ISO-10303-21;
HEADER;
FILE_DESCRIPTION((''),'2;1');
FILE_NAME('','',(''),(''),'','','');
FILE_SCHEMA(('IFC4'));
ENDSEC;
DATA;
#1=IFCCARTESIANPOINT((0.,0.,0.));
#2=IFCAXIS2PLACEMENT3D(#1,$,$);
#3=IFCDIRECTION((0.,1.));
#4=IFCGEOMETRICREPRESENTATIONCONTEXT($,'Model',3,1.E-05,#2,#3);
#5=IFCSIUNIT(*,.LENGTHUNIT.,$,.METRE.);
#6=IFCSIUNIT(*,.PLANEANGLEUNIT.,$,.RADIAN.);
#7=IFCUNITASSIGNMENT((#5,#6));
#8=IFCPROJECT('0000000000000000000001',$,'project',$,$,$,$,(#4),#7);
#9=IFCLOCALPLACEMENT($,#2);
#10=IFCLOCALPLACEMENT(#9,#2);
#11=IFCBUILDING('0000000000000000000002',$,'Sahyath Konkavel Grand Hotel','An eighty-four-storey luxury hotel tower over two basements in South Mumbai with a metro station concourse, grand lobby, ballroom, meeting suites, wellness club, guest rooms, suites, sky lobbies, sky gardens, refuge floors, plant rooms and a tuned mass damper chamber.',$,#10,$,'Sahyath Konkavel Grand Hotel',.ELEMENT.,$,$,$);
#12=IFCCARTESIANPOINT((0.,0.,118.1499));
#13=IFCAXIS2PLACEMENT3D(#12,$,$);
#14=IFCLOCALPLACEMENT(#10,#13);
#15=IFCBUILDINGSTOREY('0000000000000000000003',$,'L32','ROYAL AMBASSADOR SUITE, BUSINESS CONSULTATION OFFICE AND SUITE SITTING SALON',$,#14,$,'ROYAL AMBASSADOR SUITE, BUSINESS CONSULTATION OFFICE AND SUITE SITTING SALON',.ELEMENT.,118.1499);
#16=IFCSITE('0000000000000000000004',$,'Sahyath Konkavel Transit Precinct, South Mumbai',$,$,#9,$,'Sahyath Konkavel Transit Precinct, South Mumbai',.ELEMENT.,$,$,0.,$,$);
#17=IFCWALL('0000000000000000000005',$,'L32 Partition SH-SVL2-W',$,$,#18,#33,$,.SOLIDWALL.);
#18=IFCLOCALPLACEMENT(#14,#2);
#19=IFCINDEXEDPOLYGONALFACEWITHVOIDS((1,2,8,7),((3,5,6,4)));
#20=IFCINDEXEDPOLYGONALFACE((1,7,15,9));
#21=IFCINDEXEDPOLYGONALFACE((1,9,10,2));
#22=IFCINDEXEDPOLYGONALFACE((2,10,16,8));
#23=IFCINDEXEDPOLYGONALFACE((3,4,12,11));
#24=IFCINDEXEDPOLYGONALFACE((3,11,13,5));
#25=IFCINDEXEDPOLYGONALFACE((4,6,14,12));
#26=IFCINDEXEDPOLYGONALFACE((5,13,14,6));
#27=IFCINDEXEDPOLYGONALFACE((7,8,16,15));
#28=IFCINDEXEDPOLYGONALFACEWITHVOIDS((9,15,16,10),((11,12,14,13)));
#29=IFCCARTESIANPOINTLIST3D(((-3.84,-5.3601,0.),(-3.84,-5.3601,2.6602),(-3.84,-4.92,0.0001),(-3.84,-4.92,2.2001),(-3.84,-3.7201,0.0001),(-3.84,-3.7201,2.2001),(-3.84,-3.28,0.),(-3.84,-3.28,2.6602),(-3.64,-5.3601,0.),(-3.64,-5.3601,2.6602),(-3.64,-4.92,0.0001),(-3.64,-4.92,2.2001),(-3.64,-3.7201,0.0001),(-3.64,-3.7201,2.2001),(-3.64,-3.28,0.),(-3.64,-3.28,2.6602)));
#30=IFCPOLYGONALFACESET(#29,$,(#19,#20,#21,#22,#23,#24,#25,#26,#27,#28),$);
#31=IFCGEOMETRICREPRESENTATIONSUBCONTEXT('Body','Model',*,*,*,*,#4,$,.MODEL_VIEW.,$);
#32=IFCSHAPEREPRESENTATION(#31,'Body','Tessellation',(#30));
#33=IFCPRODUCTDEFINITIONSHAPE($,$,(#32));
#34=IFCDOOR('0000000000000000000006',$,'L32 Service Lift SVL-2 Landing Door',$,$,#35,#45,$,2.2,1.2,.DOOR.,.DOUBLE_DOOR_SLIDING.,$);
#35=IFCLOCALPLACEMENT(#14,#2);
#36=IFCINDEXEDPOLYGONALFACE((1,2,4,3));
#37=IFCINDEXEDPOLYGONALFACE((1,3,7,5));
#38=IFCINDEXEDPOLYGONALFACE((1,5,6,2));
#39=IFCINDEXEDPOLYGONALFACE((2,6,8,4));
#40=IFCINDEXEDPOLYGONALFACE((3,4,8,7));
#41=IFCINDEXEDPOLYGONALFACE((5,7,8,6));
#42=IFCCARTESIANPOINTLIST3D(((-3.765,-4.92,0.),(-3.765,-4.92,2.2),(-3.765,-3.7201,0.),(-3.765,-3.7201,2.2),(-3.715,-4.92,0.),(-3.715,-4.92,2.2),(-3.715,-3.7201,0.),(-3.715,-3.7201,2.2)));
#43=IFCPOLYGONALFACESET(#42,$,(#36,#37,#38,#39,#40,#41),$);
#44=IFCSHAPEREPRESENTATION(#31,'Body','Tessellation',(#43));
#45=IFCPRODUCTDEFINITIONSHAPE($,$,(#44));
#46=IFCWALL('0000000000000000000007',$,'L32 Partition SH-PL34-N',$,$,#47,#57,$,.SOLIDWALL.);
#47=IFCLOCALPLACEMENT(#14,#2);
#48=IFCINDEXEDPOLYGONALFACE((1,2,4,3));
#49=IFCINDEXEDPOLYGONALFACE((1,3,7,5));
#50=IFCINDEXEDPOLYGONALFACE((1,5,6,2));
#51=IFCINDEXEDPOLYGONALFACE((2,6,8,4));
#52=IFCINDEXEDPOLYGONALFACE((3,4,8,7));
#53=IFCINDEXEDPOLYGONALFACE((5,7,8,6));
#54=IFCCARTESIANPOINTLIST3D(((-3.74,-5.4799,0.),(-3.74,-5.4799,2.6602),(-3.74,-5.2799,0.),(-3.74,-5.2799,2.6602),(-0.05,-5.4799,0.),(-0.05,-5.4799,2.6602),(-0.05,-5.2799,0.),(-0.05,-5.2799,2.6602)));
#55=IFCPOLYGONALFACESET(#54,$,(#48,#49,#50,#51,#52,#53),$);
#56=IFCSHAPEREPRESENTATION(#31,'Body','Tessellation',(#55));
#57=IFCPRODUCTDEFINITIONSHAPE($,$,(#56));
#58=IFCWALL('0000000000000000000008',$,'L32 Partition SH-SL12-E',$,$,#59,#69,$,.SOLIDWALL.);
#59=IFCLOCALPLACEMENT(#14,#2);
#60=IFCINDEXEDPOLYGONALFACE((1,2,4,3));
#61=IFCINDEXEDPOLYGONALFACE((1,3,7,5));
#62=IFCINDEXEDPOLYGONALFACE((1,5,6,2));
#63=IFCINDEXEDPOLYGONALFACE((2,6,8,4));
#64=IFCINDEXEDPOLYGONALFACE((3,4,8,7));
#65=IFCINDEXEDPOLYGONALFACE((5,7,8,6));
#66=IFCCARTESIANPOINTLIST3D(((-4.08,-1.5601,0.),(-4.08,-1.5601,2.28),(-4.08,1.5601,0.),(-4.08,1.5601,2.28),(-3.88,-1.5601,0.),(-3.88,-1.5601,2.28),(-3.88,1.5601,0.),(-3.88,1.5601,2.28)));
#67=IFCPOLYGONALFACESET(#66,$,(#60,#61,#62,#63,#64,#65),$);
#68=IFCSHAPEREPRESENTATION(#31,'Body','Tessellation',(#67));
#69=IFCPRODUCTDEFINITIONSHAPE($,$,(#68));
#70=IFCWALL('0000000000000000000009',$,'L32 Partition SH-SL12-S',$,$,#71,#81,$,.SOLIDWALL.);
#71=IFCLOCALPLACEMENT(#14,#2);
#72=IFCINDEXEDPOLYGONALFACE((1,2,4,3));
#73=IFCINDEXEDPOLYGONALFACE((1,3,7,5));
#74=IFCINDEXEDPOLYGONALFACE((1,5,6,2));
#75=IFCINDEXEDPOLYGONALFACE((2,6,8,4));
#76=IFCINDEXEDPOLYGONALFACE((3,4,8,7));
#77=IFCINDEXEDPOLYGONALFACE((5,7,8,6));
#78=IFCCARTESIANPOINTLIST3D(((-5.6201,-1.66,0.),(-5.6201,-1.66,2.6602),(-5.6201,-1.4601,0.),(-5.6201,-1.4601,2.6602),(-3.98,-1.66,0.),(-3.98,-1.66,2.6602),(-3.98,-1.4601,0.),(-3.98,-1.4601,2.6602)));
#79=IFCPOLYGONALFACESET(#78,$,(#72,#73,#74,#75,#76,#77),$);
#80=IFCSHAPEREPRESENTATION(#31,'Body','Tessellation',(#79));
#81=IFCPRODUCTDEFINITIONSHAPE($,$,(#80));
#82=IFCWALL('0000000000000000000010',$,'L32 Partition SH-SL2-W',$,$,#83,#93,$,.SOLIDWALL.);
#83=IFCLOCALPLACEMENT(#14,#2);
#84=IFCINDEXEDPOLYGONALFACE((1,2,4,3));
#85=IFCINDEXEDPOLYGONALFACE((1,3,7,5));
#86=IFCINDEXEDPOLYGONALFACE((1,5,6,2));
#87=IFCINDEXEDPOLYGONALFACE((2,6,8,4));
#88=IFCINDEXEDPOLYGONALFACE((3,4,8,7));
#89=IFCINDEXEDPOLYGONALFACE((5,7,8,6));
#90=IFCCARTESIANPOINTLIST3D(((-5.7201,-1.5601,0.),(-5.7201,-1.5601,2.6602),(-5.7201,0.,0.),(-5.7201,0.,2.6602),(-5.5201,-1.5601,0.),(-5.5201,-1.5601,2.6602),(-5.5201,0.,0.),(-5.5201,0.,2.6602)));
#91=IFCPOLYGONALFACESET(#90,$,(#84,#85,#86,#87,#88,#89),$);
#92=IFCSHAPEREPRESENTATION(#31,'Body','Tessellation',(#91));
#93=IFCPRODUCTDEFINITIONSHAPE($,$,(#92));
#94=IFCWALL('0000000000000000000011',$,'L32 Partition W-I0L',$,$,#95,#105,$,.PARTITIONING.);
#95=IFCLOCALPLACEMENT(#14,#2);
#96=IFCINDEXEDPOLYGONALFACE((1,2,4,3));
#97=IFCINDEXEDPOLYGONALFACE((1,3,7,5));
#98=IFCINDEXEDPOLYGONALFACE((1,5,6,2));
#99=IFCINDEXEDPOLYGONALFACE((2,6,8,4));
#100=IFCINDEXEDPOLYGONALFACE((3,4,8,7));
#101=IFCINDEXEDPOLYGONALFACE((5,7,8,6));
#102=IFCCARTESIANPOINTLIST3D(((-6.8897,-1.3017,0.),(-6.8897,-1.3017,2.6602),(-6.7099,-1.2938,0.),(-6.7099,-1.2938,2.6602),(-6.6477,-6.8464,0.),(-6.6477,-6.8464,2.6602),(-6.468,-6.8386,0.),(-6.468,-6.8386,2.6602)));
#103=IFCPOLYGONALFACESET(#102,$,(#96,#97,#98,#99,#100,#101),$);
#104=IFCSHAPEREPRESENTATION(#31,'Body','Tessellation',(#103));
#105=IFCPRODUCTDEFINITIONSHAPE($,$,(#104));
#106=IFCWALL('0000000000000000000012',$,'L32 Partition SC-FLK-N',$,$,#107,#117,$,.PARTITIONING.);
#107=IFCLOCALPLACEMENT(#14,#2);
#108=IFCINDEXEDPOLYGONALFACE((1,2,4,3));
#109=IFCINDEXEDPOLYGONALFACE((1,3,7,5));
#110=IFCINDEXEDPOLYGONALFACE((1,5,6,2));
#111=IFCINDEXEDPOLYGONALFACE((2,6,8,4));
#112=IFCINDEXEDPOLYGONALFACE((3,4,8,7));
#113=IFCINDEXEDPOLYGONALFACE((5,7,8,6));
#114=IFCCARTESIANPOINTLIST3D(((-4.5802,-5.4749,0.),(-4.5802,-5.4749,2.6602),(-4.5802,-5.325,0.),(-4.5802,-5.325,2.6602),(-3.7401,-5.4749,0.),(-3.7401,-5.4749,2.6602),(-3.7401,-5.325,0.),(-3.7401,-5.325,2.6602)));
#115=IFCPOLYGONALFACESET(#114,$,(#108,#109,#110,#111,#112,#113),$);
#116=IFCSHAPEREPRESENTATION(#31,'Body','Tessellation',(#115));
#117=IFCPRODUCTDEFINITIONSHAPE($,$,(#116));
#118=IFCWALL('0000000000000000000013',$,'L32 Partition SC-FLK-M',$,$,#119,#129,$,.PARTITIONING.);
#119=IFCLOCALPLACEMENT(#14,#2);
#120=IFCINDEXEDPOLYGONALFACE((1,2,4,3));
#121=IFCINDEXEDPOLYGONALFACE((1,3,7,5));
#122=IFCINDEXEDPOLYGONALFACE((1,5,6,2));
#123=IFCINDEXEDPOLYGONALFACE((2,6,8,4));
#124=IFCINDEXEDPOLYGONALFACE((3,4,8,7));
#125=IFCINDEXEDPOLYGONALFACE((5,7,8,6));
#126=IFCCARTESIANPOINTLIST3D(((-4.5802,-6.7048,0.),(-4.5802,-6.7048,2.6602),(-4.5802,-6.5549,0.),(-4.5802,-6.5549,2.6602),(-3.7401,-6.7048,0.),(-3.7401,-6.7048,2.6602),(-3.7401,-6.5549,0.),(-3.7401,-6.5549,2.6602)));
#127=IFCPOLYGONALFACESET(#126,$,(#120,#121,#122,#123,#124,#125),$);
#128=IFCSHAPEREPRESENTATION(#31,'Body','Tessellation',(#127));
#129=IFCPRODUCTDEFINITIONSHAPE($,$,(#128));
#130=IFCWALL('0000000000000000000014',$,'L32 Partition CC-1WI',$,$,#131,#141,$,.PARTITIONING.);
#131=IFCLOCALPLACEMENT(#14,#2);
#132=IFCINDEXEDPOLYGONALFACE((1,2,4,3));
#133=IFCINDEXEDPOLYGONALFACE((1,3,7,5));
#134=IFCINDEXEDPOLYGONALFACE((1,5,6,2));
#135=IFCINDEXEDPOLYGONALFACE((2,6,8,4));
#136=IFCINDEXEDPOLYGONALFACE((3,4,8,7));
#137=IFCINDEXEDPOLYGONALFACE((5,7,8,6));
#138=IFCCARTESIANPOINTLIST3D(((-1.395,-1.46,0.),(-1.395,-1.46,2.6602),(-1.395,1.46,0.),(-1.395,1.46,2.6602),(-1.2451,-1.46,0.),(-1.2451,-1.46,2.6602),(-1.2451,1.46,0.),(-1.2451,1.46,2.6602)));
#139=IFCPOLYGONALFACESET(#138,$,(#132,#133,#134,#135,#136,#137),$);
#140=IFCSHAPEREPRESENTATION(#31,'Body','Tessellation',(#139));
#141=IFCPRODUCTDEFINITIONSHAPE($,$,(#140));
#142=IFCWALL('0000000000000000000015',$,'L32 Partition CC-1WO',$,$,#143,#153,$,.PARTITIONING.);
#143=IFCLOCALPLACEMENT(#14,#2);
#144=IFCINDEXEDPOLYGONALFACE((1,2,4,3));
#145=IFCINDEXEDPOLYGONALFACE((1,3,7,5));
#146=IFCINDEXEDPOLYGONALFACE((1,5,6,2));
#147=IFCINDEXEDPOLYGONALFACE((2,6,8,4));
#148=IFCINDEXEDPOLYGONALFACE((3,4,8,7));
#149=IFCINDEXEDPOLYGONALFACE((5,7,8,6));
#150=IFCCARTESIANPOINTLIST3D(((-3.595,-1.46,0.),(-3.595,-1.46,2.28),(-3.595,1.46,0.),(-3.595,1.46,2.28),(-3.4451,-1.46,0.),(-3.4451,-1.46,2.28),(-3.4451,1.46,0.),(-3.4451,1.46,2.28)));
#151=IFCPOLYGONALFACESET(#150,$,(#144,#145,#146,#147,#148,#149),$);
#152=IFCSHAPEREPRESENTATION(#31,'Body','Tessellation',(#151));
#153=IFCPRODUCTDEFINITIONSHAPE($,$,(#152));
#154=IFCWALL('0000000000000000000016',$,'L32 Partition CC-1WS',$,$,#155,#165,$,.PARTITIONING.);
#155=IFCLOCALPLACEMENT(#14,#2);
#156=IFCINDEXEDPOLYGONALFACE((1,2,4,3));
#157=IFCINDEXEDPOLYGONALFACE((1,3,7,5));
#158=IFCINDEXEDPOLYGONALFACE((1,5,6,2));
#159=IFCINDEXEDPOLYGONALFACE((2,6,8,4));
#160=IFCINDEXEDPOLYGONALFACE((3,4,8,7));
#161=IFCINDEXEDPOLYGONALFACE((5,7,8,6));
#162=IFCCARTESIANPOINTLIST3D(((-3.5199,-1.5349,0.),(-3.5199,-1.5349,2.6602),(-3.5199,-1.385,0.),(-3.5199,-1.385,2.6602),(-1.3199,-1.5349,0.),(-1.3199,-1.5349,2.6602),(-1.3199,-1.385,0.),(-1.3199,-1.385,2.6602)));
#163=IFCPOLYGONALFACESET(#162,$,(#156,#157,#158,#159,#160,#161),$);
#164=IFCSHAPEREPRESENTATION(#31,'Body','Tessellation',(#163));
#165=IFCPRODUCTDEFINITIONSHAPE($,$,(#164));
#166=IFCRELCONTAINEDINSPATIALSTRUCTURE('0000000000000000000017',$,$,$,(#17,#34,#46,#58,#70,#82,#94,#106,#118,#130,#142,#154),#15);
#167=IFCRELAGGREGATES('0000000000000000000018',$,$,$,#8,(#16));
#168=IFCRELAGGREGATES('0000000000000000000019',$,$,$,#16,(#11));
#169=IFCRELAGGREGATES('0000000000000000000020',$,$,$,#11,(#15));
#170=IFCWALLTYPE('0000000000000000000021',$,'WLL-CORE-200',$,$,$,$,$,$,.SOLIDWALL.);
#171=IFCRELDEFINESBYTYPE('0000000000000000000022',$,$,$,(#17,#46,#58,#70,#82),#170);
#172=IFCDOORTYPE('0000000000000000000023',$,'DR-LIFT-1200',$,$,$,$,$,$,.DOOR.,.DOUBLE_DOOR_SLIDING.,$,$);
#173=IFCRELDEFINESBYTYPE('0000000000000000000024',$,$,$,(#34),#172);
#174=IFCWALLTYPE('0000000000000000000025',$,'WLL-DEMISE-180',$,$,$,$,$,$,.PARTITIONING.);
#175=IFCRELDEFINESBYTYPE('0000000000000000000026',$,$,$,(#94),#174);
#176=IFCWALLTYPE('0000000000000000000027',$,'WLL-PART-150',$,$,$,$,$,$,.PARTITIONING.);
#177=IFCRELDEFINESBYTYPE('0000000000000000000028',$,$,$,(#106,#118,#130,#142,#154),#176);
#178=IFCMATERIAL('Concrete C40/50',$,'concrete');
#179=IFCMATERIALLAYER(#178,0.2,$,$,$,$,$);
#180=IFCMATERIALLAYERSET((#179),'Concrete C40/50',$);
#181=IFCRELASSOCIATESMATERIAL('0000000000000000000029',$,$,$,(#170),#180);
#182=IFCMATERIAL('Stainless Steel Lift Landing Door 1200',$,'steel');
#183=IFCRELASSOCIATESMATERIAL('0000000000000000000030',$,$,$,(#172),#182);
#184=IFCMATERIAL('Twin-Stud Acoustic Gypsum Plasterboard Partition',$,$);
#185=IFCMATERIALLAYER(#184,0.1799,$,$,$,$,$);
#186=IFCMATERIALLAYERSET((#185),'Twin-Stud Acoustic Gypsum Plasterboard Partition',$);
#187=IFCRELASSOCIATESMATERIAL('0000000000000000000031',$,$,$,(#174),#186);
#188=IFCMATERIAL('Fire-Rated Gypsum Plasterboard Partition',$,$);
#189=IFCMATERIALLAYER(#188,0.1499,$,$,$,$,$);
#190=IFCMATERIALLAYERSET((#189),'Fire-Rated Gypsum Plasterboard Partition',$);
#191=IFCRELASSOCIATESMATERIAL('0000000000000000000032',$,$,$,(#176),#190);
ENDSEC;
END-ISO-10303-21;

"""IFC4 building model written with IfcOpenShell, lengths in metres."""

from ifc_helpers import new_model, si_unit, direction, frame, frame_2d, origin, origin_2d, place, context, subcontext, project, spatial, rectangle, extrude, source, transform, mapped, material, layer, layer_set, type_object, element, fill, save


model = new_model("IFC4")

# Units and contexts
model_context = context("Model", 3, precision=1e-05, world=origin(), true_north=direction((0.0, 1.0)))
body_context = subcontext(model_context, "Body", "Model", "MODEL_VIEW")
ifc_project = project(units=[si_unit("LENGTHUNIT", "METRE"), si_unit("PLANEANGLEUNIT", "RADIAN")], contexts=[model_context])

# Site, building, storey
site_placement = place(None, origin())
site = spatial("IfcSite", under=ifc_project, at=site_placement, Name="Sahyath Konkavel Transit Precinct, South Mumbai", LongName="Sahyath Konkavel Transit Precinct, South Mumbai", CompositionType="ELEMENT", RefElevation=0.0)
building_placement = place(site_placement, origin())
building = spatial("IfcBuilding", under=site, at=building_placement, Name="Sahyath Konkavel Grand Hotel", Description="An eighty-four-storey luxury hotel tower over two basements in South Mumbai with a metro station concourse, grand lobby, ballroom, meeting suites, wellness club, guest rooms, suites, sky lobbies, sky gardens, refuge floors, plant rooms and a tuned mass damper chamber.", LongName="Sahyath Konkavel Grand Hotel", CompositionType="ELEMENT")
storey_placement = place(building_placement, frame((0.0, 0.0, 118.1499)))
storey = spatial("IfcBuildingStorey", under=building, at=storey_placement, Name="L32", Description="ROYAL AMBASSADOR SUITE, BUSINESS CONSULTATION OFFICE AND SUITE SITTING SALON", LongName="ROYAL AMBASSADOR SUITE, BUSINESS CONSULTATION OFFICE AND SUITE SITTING SALON", CompositionType="ELEMENT", Elevation=118.1499)

# Shared definitions
ifc_material_1 = material(Name="Concrete C40/50", Category="concrete")
ifc_layer_1 = layer(ifc_material_1, 0.2)
ifc_layer_set_1 = layer_set([ifc_layer_1], Name="Concrete C40/50")
wall_type_1 = type_object("IfcWallType", Name="WLL-CORE-200", PredefinedType="SOLIDWALL", material=ifc_layer_set_1)

# Wall, opening, door
wall_1_placement = place(storey_placement, frame((-3.74, -5.3601, 0.0), z_axis=(0.0, 0.0, 1.0), x_axis=(0.0, 1.0, 0.0)))
wall_1 = element("IfcWall", 1, at=wall_1_placement, inside=storey, type_object=wall_type_1, Name="L32 Partition SH-SVL2-W", PredefinedType="SOLIDWALL", context=body_context, shape_type="SweptSolid", body=[
    extrude(rectangle(XDim=2.0801, YDim=0.2, at=frame_2d((1.04, 0.0))), origin(), (0.0, 0.0, 1.0), 2.6602),
])
opening_1_placement = place(wall_1_placement, frame((0.4399, 0.0, 0.0)))
opening_1 = element("IfcOpeningElement", 2, at=opening_1_placement, cuts=wall_1, PredefinedType="OPENING", context=body_context, shape_type="SweptSolid", body=[
    extrude(rectangle(XDim=1.2, YDim=2.2, at=frame_2d((0.6001, 1.1001))), frame((0.0, 0.1099, 0.0), z_axis=(0.0, -1.0, 0.0), x_axis=(1.0, 0.0, 0.0)), (0.0, 0.0, 1.0), 0.22),
])
ifc_material_2 = material(Name="Stainless Steel Lift Landing Door 1200", Category="steel")
door_type_1 = type_object("IfcDoorType", Name="DR-LIFT-1200", OperationType="DOUBLE_DOOR_SLIDING", PredefinedType="DOOR", material=ifc_material_2)
shared_shape_1 = source(origin(), body_context, "Body", "SweptSolid", [
    extrude(rectangle(XDim=1.2, YDim=0.05, at=origin_2d()), origin(), (0.0, 0.0, 1.0), 2.2),
])
door_1_placement = place(opening_1_placement, frame((0.6001, 0.0, 0.0)))
door_1 = element("IfcDoor", 3, at=door_1_placement, inside=storey, type_object=door_type_1, Name="L32 Service Lift SVL-2 Landing Door", OperationType="DOUBLE_DOOR_SLIDING", OverallHeight=2.2, OverallWidth=1.2, PredefinedType="DOOR", context=body_context, shape_type="MappedRepresentation", body=[
    mapped(shared_shape_1, transform((0.0, 0.0, 0.0), scale=1.0)),
])
fill(opening_1, door_1)

# Walls
wall_2_placement = place(storey_placement, frame((-3.74, -5.3799, 0.0), z_axis=(0.0, 0.0, 1.0), x_axis=(1.0, 0.0, 0.0)))
element("IfcWall", 4, at=wall_2_placement, inside=storey, type_object=wall_type_1, Name="L32 Partition SH-PL34-N", PredefinedType="SOLIDWALL", context=body_context, shape_type="SweptSolid", body=[
    extrude(rectangle(XDim=3.6899, YDim=0.2, at=frame_2d((1.845, 0.0))), origin(), (0.0, 0.0, 1.0), 2.6602),
])
wall_3_placement = place(storey_placement, frame((-3.98, -1.5601, 0.0), z_axis=(0.0, 0.0, 1.0), x_axis=(0.0, 1.0, 0.0)))
element("IfcWall", 5, at=wall_3_placement, inside=storey, type_object=wall_type_1, Name="L32 Partition SH-SL12-E", PredefinedType="SOLIDWALL", context=body_context, shape_type="SweptSolid", body=[
    extrude(rectangle(XDim=3.1201, YDim=0.2, at=frame_2d((1.5601, 0.0))), origin(), (0.0, 0.0, 1.0), 2.28),
])
wall_4_placement = place(storey_placement, frame((-5.6201, -1.5601, 0.0), z_axis=(0.0, 0.0, 1.0), x_axis=(1.0, 0.0, 0.0)))
element("IfcWall", 6, at=wall_4_placement, inside=storey, type_object=wall_type_1, Name="L32 Partition SH-SL12-S", PredefinedType="SOLIDWALL", context=body_context, shape_type="SweptSolid", body=[
    extrude(rectangle(XDim=1.6401, YDim=0.2, at=frame_2d((0.8201, 0.0))), origin(), (0.0, 0.0, 1.0), 2.6602),
])
wall_5_placement = place(storey_placement, frame((-5.6201, -1.5601, 0.0), z_axis=(0.0, 0.0, 1.0), x_axis=(0.0, 1.0, 0.0)))
element("IfcWall", 7, at=wall_5_placement, inside=storey, type_object=wall_type_1, Name="L32 Partition SH-SL2-W", PredefinedType="SOLIDWALL", context=body_context, shape_type="SweptSolid", body=[
    extrude(rectangle(XDim=1.5601, YDim=0.2, at=frame_2d((0.78, 0.0))), origin(), (0.0, 0.0, 1.0), 2.6602),
])
ifc_material_3 = material(Name="Twin-Stud Acoustic Gypsum Plasterboard Partition")
ifc_layer_2 = layer(ifc_material_3, 0.1799)
ifc_layer_set_2 = layer_set([ifc_layer_2], Name="Twin-Stud Acoustic Gypsum Plasterboard Partition")
wall_type_2 = type_object("IfcWallType", Name="WLL-DEMISE-180", PredefinedType="PARTITIONING", material=ifc_layer_set_2)
wall_6_placement = place(storey_placement, frame((-6.7998, -1.2979, 0.0), z_axis=(0.0, 0.0, 1.0), x_axis=(0.043594, -0.999049, 0.0)))
element("IfcWall", 8, at=wall_6_placement, inside=storey, type_object=wall_type_2, Name="L32 Partition W-I0L", PredefinedType="PARTITIONING", context=body_context, shape_type="SweptSolid", body=[
    extrude(rectangle(XDim=5.55, YDim=0.1799, at=frame_2d((2.7749, 0.0))), origin(), (0.0, 0.0, 1.0), 2.6602),
])
ifc_material_4 = material(Name="Fire-Rated Gypsum Plasterboard Partition")
ifc_layer_3 = layer(ifc_material_4, 0.1499)
ifc_layer_set_3 = layer_set([ifc_layer_3], Name="Fire-Rated Gypsum Plasterboard Partition")
wall_type_3 = type_object("IfcWallType", Name="WLL-PART-150", PredefinedType="PARTITIONING", material=ifc_layer_set_3)
for number, where, z_axis, x_axis, name in (
    (9, (-4.5801, -5.3999, 0.0), (0.0, 0.0, 1.0), (1.0, 0.0, 0.0), "L32 Partition SC-FLK-N"),
    (10, (-4.5801, -6.6299, 0.0), (0.0, 0.0, 1.0), (1.0, 0.0, 0.0), "L32 Partition SC-FLK-M"),
):
    element("IfcWall", number, at=place(storey_placement, frame(where, z_axis=z_axis, x_axis=x_axis)), inside=storey, type_object=wall_type_3, Name=name, PredefinedType="PARTITIONING", context=body_context, shape_type="SweptSolid", body=[
        extrude(rectangle(XDim=0.8401, YDim=0.1499, at=frame_2d((0.4199, 0.0))), origin(), (0.0, 0.0, 1.0), 2.6602),
    ])
wall_7_placement = place(storey_placement, frame((-1.3201, -1.46, 0.0), z_axis=(0.0, 0.0, 1.0), x_axis=(0.0, 1.0, 0.0)))
element("IfcWall", 11, at=wall_7_placement, inside=storey, type_object=wall_type_3, Name="L32 Partition CC-1WI", PredefinedType="PARTITIONING", context=body_context, shape_type="SweptSolid", body=[
    extrude(rectangle(XDim=2.9199, YDim=0.1499, at=frame_2d((1.46, 0.0))), origin(), (0.0, 0.0, 1.0), 2.6602),
])
wall_8_placement = place(storey_placement, frame((-3.52, -1.46, 0.0), z_axis=(0.0, 0.0, 1.0), x_axis=(0.0, 1.0, 0.0)))
element("IfcWall", 12, at=wall_8_placement, inside=storey, type_object=wall_type_3, Name="L32 Partition CC-1WO", PredefinedType="PARTITIONING", context=body_context, shape_type="SweptSolid", body=[
    extrude(rectangle(XDim=2.9199, YDim=0.1499, at=frame_2d((1.46, 0.0))), origin(), (0.0, 0.0, 1.0), 2.28),
])
wall_9_placement = place(storey_placement, frame((-3.52, -1.46, 0.0), z_axis=(0.0, 0.0, 1.0), x_axis=(1.0, 0.0, 0.0)))
element("IfcWall", 13, at=wall_9_placement, inside=storey, type_object=wall_type_3, Name="L32 Partition CC-1WS", PredefinedType="PARTITIONING", context=body_context, shape_type="SweptSolid", body=[
    extrude(rectangle(XDim=2.2, YDim=0.1499, at=frame_2d((1.1001, 0.0))), origin(), (0.0, 0.0, 1.0), 2.6602),
])

save(model, "model.ifc")
